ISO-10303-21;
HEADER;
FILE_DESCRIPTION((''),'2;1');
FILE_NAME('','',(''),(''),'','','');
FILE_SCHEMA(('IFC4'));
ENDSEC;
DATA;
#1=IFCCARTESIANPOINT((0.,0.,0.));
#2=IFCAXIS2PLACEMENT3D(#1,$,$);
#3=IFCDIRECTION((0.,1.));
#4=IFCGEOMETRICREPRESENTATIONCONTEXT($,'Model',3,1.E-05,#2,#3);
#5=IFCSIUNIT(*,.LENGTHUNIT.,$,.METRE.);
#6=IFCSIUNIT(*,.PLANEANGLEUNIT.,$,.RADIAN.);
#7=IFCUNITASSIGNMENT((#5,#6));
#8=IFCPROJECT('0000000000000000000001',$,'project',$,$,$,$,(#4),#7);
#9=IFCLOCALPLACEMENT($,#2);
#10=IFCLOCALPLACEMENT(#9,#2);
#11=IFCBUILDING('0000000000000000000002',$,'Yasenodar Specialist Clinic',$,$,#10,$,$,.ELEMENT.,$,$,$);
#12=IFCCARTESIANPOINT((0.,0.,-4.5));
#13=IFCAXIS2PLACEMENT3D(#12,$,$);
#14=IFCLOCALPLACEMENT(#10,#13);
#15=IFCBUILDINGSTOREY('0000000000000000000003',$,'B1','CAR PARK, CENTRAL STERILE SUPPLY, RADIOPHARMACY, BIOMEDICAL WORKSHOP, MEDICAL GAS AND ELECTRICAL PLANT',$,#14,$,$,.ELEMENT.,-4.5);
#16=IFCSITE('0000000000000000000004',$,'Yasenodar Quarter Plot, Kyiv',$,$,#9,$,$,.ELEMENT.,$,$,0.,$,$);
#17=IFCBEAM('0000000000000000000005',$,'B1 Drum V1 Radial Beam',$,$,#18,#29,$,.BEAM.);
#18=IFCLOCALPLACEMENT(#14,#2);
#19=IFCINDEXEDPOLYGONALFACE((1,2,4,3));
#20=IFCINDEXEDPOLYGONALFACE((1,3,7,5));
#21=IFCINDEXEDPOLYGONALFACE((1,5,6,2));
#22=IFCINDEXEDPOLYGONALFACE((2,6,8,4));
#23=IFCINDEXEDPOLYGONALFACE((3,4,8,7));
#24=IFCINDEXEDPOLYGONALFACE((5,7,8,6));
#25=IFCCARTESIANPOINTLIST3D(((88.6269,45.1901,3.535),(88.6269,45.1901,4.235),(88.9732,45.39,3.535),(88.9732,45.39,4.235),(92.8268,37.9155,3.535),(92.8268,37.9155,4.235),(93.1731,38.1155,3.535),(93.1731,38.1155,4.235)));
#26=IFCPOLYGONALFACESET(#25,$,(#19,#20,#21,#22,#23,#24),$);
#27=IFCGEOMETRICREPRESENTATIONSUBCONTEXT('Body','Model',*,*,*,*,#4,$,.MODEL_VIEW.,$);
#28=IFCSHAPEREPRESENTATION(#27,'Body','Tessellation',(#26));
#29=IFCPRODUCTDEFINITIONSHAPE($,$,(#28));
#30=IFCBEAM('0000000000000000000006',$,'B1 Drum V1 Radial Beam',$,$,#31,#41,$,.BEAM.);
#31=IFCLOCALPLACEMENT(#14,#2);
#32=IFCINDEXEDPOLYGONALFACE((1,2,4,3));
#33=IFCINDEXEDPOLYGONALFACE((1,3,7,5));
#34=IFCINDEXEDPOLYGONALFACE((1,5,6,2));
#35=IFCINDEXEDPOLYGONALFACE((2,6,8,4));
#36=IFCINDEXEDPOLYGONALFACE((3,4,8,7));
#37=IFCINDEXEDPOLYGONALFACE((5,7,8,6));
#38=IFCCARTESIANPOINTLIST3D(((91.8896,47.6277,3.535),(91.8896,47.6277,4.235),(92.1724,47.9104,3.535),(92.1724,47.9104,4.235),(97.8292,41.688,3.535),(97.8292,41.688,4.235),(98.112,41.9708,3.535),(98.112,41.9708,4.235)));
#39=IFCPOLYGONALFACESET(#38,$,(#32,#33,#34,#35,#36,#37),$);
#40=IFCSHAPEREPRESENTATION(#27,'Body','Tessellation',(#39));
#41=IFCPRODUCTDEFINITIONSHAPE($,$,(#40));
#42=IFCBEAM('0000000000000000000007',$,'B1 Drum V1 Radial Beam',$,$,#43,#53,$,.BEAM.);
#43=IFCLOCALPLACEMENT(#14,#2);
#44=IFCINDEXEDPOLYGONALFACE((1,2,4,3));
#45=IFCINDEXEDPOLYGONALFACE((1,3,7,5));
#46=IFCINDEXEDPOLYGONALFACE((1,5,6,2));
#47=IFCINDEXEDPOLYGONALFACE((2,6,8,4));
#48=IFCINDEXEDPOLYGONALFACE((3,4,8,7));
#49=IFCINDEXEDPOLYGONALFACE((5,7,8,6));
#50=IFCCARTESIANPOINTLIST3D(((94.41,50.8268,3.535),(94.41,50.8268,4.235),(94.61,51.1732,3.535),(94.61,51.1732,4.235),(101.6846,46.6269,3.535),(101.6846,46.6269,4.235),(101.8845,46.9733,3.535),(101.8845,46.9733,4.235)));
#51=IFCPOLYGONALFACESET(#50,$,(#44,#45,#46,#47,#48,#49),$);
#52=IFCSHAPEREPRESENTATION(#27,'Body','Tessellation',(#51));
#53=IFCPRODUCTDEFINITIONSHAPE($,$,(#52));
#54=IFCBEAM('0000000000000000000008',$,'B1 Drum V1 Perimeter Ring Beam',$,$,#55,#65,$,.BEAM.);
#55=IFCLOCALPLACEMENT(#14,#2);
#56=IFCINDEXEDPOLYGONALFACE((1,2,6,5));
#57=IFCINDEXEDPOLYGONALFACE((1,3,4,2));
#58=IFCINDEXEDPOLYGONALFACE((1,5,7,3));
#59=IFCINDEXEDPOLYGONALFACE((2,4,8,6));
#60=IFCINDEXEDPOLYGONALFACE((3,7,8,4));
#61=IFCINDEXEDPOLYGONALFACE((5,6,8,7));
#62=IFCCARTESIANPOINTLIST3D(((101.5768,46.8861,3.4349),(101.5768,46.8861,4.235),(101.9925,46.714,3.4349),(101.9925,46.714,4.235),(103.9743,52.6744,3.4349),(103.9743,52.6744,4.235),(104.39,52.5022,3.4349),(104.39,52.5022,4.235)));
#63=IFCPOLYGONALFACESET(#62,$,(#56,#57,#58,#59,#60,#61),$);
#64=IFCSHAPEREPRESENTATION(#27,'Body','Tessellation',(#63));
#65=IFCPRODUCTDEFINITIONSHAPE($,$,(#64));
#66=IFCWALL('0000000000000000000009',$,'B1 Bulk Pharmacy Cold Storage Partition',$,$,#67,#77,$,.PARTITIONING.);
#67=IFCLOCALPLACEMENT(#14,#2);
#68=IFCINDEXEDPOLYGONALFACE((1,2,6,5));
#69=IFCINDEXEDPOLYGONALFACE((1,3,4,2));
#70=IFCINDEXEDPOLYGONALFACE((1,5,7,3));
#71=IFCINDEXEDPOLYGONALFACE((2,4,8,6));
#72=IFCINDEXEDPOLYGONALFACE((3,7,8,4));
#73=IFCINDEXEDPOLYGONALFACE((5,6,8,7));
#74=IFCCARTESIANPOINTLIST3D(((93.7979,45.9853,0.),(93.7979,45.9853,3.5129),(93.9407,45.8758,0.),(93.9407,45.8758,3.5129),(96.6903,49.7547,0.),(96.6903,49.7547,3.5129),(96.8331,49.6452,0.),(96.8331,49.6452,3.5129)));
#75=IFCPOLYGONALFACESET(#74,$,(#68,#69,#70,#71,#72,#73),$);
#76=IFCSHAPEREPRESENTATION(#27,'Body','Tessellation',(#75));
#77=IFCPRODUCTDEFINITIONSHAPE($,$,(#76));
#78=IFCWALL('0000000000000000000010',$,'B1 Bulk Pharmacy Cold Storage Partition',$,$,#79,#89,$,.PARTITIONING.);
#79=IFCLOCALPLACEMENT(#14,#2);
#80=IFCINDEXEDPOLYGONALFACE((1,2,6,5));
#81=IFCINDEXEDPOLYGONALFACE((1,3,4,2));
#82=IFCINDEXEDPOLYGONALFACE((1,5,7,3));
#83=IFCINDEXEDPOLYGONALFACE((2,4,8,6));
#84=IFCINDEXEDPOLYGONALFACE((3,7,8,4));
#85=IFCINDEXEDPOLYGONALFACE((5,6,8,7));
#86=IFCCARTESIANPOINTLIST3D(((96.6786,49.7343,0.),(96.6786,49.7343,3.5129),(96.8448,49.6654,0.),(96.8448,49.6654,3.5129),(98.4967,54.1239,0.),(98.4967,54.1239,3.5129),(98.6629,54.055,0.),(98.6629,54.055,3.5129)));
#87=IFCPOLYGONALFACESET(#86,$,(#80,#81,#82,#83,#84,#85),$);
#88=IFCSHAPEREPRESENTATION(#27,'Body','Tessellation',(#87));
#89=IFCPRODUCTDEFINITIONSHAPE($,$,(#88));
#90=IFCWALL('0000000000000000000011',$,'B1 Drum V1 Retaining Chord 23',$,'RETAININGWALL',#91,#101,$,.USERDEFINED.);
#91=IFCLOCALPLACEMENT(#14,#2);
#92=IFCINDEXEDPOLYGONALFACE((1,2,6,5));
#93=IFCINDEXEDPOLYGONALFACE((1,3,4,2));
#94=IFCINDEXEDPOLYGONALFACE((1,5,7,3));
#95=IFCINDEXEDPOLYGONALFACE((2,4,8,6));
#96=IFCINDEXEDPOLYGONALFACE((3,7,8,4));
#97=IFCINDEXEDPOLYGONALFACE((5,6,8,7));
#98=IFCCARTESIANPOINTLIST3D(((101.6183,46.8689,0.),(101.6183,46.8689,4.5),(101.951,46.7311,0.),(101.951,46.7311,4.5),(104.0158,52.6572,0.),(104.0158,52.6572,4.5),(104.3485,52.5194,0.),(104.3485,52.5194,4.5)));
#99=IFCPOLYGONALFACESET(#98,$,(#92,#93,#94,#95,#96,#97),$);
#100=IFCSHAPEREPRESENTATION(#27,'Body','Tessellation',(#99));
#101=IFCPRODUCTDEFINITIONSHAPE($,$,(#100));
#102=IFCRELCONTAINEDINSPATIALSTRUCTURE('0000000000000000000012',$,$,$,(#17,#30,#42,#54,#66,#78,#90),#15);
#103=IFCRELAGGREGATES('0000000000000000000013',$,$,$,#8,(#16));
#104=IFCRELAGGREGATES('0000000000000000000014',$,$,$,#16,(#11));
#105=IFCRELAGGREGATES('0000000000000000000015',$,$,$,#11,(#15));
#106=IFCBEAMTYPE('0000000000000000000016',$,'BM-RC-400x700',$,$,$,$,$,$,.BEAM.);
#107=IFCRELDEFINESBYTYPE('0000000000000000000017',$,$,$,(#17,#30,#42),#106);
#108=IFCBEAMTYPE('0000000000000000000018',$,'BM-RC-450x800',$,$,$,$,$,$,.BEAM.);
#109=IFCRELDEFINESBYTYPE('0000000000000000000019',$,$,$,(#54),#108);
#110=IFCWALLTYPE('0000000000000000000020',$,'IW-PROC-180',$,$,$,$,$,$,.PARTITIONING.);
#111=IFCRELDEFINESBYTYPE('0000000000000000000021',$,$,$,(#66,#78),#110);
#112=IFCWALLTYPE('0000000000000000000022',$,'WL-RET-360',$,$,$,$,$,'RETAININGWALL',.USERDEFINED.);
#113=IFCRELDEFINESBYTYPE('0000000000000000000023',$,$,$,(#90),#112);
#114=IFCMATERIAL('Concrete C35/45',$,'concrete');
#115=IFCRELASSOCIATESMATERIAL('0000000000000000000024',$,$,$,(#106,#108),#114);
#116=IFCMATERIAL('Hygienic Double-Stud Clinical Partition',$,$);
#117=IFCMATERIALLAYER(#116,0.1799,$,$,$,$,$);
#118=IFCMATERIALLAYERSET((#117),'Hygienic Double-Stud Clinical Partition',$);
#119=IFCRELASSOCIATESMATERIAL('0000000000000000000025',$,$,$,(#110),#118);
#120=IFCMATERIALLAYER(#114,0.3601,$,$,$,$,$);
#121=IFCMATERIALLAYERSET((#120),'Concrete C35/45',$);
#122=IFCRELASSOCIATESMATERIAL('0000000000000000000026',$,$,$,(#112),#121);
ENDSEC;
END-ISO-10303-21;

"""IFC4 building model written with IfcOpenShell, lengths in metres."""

from ifc_helpers import new_model, si_unit, direction, frame, frame_2d, origin, origin_2d, place, context, subcontext, project, spatial, rectangle, extrude, material, layer, layer_set, material_profile, profile_set, type_object, element, save


model = new_model("IFC4")

# Units and contexts
model_context = context("Model", 3, precision=1e-05, world=origin(), true_north=direction((0.0, 1.0)))
body_context = subcontext(model_context, "Body", "Model", "MODEL_VIEW")
ifc_project = project(units=[si_unit("LENGTHUNIT", "METRE"), si_unit("PLANEANGLEUNIT", "RADIAN")], contexts=[model_context])

# Site, building, storey
site_placement = place(None, origin())
site = spatial("IfcSite", under=ifc_project, at=site_placement, Name="Yasenodar Quarter Plot, Kyiv", CompositionType="ELEMENT", RefElevation=0.0)
building_placement = place(site_placement, origin())
building = spatial("IfcBuilding", under=site, at=building_placement, Name="Yasenodar Specialist Clinic", CompositionType="ELEMENT")
storey_placement = place(building_placement, frame((0.0, 0.0, -4.5)))
storey = spatial("IfcBuildingStorey", under=building, at=storey_placement, Name="B1", Description="CAR PARK, CENTRAL STERILE SUPPLY, RADIOPHARMACY, BIOMEDICAL WORKSHOP, MEDICAL GAS AND ELECTRICAL PLANT", CompositionType="ELEMENT", Elevation=-4.5)

# Shared definitions
ifc_material_1 = material(Name="Concrete C35/45", Category="concrete")

# Beams
ifc_material_profile_1 = material_profile(ifc_material_1, rectangle(XDim=0.3999, YDim=0.7, at=origin_2d()), Name="RC 400x700")
ifc_profile_set_1 = profile_set([ifc_material_profile_1], Name="Concrete C35/45")
beam_type_1 = type_object("IfcBeamType", Name="BM-RC-400x700", PredefinedType="BEAM", material=ifc_profile_set_1)
for number, where, z_axis, x_axis, name in (
    (1, (88.8, 45.29, 3.885), (0.499993, -0.866029, 0.0), (0.866029, 0.499993, 0.0), "B1 Drum V1 Radial Beam"),
    (2, (92.031, 47.769, 3.885), (0.707107, -0.707107, 0.0), (0.707107, 0.707107, 0.0), "B1 Drum V1 Radial Beam"),
    (3, (94.51, 51.0, 3.885), (0.866029, -0.499993, 0.0), (0.499993, 0.866029, 0.0), "B1 Drum V1 Radial Beam"),
):
    element("IfcBeam", number, at=place(storey_placement, frame(where, z_axis=z_axis, x_axis=x_axis)), inside=storey, type_object=beam_type_1, Name=name, PredefinedType="BEAM", context=body_context, shape_type="SweptSolid", body=[
        extrude(rectangle(XDim=0.3999, YDim=0.7, at=origin_2d()), origin(), (0.0, 0.0, 1.0), 8.3999),
    ])
ifc_material_profile_2 = material_profile(ifc_material_1, rectangle(XDim=0.45, YDim=0.8, at=origin_2d()), Name="RC 450x800")
ifc_profile_set_2 = profile_set([ifc_material_profile_2], Name="Concrete C35/45")
beam_type_2 = type_object("IfcBeamType", Name="BM-RC-450x800", PredefinedType="BEAM", material=ifc_profile_set_2)
beam_placement = place(storey_placement, frame((101.7847, 46.8, 3.835), z_axis=(0.382664, 0.923888, 0.0), x_axis=(-0.923888, 0.382664, 0.0)))
element("IfcBeam", 4, at=beam_placement, inside=storey, type_object=beam_type_2, Name="B1 Drum V1 Perimeter Ring Beam", PredefinedType="BEAM", context=body_context, shape_type="SweptSolid", body=[
    extrude(rectangle(XDim=0.45, YDim=0.8, at=origin_2d()), origin(), (0.0, 0.0, 1.0), 6.2651),
])

# Walls
ifc_material_2 = material(Name="Hygienic Double-Stud Clinical Partition")
ifc_layer_1 = layer(ifc_material_2, 0.1799)
ifc_layer_set_1 = layer_set([ifc_layer_1], Name="Hygienic Double-Stud Clinical Partition")
wall_type_1 = type_object("IfcWallType", Name="IW-PROC-180", PredefinedType="PARTITIONING", material=ifc_layer_set_1)
for number, where, z_axis, x_axis, name in (
    (5, (93.8694, 45.9307, 0.0), (0.0, 0.0, 1.0), (0.608769, 0.793347, 0.0), "B1 Bulk Pharmacy Cold Storage Partition"),
    (6, (96.7617, 49.7, 0.0), (0.0, 0.0, 1.0), (0.382659, 0.92389, 0.0), "B1 Bulk Pharmacy Cold Storage Partition"),
):
    element("IfcWall", number, at=place(storey_placement, frame(where, z_axis=z_axis, x_axis=x_axis)), inside=storey, type_object=wall_type_1, Name=name, PredefinedType="PARTITIONING", context=body_context, shape_type="SweptSolid", body=[
        extrude(rectangle(XDim=4.7512, YDim=0.1799, at=frame_2d((2.3755, 0.0))), origin(), (0.0, 0.0, 1.0), 3.5129),
    ])
ifc_layer_2 = layer(ifc_material_1, 0.3601)
ifc_layer_set_2 = layer_set([ifc_layer_2], Name="Concrete C35/45")
wall_type_2 = type_object("IfcWallType", Name="WL-RET-360", ElementType="RETAININGWALL", PredefinedType="USERDEFINED", material=ifc_layer_set_2)
wall_placement = place(storey_placement, frame((101.7847, 46.8, 0.0), z_axis=(0.0, 0.0, 1.0), x_axis=(0.382664, 0.923888, 0.0)))
element("IfcWall", 7, at=wall_placement, inside=storey, type_object=wall_type_2, Name="B1 Drum V1 Retaining Chord 23", ObjectType="RETAININGWALL", PredefinedType="USERDEFINED", context=body_context, shape_type="SweptSolid", body=[
    extrude(rectangle(XDim=6.2651, YDim=0.3601, at=frame_2d((3.1326, 0.0))), origin(), (0.0, 0.0, 1.0), 4.5),
])

save(model, "model.ifc")
